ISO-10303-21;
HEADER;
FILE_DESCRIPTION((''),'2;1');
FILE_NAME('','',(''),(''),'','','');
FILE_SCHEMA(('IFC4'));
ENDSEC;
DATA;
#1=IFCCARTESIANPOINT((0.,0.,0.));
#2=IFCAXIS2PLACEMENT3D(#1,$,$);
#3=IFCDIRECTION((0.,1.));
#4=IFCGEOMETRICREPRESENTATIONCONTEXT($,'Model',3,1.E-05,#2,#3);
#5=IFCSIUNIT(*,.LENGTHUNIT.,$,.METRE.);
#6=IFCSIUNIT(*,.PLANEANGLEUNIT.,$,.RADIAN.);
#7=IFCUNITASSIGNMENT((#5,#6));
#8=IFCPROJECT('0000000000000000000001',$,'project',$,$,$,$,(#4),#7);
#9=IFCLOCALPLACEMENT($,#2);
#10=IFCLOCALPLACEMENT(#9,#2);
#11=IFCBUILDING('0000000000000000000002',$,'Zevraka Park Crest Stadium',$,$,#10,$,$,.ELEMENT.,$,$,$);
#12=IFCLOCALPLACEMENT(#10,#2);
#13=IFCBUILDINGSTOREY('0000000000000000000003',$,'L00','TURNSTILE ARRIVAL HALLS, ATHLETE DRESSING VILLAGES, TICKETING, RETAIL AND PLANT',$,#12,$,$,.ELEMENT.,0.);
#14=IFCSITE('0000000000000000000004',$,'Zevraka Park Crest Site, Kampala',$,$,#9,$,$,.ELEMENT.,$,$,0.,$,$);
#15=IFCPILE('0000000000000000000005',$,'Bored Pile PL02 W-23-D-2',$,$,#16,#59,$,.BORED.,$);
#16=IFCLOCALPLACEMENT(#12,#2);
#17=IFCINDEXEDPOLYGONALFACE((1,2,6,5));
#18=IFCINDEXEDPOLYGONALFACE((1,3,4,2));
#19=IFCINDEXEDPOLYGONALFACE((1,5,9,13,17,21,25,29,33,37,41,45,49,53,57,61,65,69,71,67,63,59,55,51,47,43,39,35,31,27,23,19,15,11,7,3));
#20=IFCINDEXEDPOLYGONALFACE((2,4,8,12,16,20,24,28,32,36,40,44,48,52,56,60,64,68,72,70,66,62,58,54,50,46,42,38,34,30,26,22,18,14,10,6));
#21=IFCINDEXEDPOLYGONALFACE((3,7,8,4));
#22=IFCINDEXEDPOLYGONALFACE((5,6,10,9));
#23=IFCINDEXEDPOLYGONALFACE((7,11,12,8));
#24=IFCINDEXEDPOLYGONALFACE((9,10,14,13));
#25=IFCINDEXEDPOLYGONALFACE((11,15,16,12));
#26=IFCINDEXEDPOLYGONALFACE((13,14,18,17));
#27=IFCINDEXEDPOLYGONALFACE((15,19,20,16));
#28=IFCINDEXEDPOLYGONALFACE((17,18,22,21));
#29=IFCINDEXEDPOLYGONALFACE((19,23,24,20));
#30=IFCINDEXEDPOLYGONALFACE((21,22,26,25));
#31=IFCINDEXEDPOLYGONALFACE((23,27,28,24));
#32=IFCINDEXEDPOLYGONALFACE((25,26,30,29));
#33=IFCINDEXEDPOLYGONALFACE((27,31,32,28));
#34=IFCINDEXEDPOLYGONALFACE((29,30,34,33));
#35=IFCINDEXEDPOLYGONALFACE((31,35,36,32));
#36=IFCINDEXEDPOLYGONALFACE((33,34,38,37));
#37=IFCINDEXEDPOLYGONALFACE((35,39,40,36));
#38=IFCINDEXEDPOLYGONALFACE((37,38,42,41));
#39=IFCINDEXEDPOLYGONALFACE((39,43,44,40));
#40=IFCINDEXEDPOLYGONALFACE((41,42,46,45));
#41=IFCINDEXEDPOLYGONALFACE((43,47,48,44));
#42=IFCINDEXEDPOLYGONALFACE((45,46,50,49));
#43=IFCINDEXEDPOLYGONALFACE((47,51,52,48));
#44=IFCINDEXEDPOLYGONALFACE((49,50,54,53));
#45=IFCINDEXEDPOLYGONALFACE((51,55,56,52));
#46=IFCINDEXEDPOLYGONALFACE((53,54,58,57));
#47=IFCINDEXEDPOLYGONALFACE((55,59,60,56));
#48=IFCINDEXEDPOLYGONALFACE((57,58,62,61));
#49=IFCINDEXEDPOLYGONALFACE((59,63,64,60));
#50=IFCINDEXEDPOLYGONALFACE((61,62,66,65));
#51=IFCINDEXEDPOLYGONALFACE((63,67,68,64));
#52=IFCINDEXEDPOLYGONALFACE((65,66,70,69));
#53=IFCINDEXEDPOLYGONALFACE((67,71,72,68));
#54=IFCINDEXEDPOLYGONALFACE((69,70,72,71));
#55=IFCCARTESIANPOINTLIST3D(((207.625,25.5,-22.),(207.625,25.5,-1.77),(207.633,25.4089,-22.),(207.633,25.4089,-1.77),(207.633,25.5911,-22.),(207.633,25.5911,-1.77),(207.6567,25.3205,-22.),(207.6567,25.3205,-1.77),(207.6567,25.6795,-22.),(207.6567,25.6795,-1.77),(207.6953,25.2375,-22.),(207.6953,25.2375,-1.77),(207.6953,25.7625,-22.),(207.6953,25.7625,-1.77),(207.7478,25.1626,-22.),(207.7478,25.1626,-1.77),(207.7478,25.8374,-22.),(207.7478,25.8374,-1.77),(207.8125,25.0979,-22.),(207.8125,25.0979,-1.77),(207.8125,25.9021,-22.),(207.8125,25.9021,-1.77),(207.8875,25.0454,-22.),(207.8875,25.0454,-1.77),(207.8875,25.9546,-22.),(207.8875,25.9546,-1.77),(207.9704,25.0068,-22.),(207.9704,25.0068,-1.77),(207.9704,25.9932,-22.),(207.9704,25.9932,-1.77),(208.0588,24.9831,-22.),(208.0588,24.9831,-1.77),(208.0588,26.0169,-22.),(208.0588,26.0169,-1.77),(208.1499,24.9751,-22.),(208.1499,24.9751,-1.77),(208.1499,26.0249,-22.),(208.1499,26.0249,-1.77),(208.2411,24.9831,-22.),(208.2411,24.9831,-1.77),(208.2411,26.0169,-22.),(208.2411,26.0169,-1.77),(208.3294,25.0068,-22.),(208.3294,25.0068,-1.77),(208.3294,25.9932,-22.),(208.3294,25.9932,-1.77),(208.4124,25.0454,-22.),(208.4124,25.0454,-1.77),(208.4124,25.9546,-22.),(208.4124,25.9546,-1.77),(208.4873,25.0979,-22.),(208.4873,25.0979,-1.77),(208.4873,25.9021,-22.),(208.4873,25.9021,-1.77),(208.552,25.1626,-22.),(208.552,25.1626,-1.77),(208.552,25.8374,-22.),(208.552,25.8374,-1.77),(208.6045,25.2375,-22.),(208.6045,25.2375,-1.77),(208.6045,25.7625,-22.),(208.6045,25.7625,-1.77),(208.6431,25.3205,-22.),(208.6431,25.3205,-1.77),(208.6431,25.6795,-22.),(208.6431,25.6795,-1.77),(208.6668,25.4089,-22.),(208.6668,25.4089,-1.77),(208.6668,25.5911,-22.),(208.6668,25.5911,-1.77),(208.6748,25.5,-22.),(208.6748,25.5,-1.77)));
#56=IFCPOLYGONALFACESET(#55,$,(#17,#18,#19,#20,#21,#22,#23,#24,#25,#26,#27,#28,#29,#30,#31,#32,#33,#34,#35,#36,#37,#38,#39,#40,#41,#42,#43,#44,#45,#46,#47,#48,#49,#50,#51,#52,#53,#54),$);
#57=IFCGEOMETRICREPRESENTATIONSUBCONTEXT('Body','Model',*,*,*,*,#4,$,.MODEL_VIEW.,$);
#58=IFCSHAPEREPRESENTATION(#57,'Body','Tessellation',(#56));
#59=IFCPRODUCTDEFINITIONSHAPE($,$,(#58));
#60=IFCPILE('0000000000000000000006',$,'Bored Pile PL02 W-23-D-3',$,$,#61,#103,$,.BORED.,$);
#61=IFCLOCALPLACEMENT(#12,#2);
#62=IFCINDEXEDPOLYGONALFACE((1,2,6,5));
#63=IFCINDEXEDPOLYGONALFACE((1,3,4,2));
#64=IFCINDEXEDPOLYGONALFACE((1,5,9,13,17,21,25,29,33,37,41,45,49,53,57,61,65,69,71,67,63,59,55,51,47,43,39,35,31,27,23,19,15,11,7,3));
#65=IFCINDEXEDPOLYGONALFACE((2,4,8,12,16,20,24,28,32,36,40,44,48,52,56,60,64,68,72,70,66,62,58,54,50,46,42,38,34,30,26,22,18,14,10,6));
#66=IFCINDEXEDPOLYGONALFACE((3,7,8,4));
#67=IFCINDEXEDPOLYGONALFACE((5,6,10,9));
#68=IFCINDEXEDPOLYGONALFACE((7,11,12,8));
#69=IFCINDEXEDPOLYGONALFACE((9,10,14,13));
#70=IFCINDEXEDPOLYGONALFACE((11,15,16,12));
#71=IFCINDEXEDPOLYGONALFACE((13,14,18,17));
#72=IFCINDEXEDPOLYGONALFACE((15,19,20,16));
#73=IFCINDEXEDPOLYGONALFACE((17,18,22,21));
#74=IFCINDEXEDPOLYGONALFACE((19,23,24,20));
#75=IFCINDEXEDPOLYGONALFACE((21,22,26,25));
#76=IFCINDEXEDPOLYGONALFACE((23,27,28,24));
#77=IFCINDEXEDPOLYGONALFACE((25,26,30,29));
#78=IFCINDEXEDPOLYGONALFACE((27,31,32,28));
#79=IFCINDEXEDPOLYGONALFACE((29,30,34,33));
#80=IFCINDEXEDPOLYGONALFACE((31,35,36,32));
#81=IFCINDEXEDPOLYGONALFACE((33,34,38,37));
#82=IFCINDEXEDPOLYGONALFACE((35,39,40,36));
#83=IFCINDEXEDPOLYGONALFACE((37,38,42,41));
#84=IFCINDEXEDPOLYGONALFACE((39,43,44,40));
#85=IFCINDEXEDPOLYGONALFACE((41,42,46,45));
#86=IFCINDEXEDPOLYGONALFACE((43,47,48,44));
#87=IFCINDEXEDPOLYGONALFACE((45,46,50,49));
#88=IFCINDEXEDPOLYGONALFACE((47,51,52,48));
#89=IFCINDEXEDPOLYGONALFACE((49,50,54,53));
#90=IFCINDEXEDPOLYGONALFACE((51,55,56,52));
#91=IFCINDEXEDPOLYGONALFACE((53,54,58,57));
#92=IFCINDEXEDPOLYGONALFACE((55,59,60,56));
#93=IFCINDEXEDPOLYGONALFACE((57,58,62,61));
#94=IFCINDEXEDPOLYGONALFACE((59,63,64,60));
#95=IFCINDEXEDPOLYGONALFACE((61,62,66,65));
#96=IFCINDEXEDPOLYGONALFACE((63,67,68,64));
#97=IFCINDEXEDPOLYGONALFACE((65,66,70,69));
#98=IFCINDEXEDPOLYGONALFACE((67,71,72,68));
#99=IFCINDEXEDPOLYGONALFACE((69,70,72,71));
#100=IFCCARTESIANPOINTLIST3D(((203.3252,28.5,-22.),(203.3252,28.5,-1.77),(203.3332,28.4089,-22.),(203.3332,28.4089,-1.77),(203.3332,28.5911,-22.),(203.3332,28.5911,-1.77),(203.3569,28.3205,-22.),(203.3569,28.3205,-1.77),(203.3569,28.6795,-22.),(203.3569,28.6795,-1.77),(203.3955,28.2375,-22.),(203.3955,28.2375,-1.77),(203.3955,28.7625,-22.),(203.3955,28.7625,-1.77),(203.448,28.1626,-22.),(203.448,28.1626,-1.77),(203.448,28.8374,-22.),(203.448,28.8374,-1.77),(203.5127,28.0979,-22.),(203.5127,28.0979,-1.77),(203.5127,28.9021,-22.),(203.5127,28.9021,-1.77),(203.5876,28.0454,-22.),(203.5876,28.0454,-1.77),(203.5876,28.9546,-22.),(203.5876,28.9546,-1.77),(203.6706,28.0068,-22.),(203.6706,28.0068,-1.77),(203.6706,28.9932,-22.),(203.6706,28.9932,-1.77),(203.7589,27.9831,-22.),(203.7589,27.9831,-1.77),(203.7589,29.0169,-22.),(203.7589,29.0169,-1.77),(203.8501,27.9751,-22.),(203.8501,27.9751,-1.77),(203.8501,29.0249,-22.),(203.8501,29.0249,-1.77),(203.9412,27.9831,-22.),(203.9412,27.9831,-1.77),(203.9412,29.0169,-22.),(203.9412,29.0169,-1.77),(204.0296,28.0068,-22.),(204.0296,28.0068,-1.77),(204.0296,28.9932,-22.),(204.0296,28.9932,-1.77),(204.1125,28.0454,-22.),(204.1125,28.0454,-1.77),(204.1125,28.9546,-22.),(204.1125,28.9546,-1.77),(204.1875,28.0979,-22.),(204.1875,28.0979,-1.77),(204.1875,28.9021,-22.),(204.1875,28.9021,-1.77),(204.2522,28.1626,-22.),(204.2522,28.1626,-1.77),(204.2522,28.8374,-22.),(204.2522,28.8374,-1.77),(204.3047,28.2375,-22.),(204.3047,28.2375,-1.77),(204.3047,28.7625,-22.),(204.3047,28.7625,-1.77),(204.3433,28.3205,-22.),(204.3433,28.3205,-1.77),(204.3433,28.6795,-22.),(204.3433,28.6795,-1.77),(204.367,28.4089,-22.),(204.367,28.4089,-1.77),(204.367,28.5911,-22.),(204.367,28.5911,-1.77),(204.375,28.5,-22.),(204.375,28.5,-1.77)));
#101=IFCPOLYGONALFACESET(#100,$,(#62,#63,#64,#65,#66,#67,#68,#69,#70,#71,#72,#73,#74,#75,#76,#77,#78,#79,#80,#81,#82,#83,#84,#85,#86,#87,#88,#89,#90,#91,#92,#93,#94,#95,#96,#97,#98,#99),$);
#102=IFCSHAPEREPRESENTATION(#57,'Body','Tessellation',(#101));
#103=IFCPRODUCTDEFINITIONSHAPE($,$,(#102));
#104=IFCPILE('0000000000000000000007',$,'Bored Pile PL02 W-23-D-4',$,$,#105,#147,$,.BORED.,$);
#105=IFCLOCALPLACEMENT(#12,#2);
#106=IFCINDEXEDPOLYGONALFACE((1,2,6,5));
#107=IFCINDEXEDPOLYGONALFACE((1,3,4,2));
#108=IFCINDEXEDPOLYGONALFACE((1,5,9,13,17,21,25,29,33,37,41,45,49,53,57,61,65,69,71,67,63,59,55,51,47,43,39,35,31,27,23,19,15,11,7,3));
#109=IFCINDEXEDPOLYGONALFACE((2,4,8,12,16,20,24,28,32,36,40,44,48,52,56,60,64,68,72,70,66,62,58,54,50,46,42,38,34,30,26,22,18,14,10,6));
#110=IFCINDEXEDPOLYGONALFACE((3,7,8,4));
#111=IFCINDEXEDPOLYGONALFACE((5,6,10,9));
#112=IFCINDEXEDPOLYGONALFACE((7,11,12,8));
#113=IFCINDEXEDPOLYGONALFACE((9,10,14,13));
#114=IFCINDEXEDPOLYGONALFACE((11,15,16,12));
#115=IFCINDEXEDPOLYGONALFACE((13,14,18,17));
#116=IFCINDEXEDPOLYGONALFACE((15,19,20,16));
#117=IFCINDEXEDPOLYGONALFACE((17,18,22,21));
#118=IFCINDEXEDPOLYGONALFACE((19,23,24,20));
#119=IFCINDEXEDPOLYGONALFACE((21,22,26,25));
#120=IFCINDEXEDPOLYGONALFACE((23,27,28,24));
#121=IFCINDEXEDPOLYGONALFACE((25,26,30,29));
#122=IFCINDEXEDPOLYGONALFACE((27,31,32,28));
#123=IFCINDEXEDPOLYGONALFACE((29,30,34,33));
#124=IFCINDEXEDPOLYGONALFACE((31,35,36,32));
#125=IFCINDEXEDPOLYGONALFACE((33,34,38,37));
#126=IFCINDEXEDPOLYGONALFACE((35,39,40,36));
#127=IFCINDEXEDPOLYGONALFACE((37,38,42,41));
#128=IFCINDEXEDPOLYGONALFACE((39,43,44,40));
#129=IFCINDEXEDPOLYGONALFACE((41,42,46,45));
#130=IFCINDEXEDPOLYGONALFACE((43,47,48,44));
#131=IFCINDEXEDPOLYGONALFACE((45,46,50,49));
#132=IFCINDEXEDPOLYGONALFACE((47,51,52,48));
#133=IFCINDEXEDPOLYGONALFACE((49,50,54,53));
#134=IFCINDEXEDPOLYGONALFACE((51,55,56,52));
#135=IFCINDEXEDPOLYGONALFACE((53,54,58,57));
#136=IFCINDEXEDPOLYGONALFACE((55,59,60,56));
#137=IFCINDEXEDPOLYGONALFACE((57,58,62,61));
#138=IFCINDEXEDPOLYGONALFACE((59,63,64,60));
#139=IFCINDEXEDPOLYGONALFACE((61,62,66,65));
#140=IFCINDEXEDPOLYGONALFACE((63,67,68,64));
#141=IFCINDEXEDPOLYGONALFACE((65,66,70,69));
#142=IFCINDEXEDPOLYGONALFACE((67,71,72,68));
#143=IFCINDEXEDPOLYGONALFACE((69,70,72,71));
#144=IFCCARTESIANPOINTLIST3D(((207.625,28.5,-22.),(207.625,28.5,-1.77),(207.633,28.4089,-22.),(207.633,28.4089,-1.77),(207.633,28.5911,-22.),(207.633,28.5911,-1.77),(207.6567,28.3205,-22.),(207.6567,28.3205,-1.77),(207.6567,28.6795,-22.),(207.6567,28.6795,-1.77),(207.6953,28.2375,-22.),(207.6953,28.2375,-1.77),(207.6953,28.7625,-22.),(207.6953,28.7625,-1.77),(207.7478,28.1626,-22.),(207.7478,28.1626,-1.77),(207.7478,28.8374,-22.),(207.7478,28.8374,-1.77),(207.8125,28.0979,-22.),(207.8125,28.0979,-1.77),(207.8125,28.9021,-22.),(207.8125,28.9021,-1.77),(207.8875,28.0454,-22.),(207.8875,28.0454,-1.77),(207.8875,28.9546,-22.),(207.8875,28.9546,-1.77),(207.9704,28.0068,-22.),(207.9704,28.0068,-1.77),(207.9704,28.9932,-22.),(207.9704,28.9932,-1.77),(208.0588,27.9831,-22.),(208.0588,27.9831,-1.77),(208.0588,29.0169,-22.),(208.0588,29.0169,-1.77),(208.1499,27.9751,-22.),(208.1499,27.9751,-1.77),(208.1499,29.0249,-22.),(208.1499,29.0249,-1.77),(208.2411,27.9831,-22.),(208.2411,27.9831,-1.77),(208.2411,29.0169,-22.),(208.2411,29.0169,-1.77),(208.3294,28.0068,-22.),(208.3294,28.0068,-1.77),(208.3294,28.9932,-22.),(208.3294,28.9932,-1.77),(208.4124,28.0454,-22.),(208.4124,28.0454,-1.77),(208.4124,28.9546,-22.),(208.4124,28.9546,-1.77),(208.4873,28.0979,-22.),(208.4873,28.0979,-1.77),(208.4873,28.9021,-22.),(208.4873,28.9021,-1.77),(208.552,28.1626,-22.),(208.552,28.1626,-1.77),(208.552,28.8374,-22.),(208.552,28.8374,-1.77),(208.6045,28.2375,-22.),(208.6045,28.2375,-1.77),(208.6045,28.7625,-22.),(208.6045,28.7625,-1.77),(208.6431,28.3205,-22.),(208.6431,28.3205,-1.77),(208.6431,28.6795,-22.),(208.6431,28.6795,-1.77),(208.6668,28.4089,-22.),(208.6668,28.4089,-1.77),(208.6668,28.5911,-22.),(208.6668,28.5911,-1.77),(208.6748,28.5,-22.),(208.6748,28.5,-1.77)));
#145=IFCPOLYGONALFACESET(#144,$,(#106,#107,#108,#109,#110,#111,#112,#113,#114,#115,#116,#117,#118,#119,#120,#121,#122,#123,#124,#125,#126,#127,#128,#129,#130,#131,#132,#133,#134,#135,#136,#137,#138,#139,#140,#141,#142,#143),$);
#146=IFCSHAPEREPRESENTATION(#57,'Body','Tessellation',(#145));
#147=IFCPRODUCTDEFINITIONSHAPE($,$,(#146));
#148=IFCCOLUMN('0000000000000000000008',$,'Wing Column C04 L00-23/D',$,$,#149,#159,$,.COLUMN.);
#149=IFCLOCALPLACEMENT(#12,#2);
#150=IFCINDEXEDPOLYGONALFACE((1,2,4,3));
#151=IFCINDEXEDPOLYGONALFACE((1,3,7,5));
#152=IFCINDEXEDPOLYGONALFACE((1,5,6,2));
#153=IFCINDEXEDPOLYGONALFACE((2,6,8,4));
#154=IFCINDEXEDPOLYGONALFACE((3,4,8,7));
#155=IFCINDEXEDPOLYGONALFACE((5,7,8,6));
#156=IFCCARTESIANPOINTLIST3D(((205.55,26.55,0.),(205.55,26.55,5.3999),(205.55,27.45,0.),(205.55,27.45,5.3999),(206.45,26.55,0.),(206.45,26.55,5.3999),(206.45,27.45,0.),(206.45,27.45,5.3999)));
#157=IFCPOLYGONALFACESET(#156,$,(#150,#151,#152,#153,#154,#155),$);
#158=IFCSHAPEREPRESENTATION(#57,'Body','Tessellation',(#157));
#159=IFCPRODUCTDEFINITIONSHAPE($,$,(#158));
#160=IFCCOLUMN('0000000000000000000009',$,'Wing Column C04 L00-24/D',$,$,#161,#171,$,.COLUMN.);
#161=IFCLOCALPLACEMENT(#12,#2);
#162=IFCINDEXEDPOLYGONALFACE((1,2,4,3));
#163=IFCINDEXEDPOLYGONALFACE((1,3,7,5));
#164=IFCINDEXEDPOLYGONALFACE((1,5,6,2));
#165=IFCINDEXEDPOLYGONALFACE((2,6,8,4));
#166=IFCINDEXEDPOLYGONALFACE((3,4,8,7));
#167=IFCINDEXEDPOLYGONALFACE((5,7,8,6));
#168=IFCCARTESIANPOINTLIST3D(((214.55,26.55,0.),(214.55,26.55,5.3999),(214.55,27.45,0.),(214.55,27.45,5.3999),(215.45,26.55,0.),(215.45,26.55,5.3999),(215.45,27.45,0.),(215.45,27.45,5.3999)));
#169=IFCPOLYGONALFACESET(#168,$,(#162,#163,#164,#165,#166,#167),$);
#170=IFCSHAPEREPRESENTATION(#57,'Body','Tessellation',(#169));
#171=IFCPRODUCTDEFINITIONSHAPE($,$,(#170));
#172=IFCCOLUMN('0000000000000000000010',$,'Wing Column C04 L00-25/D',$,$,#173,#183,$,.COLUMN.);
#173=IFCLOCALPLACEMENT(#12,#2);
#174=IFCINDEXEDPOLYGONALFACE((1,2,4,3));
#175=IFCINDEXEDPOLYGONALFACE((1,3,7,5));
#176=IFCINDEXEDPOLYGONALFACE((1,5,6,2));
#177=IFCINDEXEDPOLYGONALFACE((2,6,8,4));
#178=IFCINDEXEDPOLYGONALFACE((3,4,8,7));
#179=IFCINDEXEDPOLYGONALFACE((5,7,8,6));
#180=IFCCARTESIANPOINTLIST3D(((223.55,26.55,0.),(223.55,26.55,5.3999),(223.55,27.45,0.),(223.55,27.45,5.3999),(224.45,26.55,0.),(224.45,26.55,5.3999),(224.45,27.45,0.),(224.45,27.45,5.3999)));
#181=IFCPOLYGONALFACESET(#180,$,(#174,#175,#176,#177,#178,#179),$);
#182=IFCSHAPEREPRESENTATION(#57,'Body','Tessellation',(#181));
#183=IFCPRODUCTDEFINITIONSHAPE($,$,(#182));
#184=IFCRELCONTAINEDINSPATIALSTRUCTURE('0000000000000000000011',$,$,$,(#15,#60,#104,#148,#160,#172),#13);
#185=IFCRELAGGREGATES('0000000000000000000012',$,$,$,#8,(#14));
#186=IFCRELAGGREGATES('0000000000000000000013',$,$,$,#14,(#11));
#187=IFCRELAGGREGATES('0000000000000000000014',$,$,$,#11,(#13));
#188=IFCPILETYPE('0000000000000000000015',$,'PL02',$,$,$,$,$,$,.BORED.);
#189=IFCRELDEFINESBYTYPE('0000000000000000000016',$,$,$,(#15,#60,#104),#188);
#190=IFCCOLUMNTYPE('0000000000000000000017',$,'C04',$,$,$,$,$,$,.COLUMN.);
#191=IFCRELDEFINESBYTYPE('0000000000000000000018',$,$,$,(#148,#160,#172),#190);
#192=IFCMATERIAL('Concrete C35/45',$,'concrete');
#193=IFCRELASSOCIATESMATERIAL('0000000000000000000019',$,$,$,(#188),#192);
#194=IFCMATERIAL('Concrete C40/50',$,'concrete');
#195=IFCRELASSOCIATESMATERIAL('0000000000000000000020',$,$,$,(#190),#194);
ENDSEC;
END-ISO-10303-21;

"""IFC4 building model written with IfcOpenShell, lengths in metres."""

from ifc_helpers import new_model, si_unit, direction, frame, origin, origin_2d, place, context, subcontext, project, spatial, rectangle, circle, extrude, material, material_profile, profile_set, type_object, element, save


model = new_model("IFC4")

# Units and contexts
model_context = context("Model", 3, precision=1e-05, world=origin(), true_north=direction((0.0, 1.0)))
body_context = subcontext(model_context, "Body", "Model", "MODEL_VIEW")
ifc_project = project(units=[si_unit("LENGTHUNIT", "METRE"), si_unit("PLANEANGLEUNIT", "RADIAN")], contexts=[model_context])

# Site, building, storey
site_placement = place(None, origin())
site = spatial("IfcSite", under=ifc_project, at=site_placement, Name="Zevraka Park Crest Site, Kampala", CompositionType="ELEMENT", RefElevation=0.0)
building_placement = place(site_placement, origin())
building = spatial("IfcBuilding", under=site, at=building_placement, Name="Zevraka Park Crest Stadium", CompositionType="ELEMENT")
storey_placement = place(building_placement, origin())
storey = spatial("IfcBuildingStorey", under=building, at=storey_placement, Name="L00", Description="TURNSTILE ARRIVAL HALLS, ATHLETE DRESSING VILLAGES, TICKETING, RETAIL AND PLANT", CompositionType="ELEMENT", Elevation=0.0)

# Piles
ifc_material_1 = material(Name="Concrete C35/45", Category="concrete")
ifc_material_profile_1 = material_profile(ifc_material_1, circle(Radius=0.5249, at=origin_2d()), Name="PILE D1050")
ifc_profile_set_1 = profile_set([ifc_material_profile_1], Name="Concrete C35/45")
pile_type_1 = type_object("IfcPileType", Name="PL02", PredefinedType="BORED", material=ifc_profile_set_1)
for number, where, z_axis, x_axis, name in (
    (1, (208.1499, 25.5, -1.77), (0.0, 0.0, -1.0), (1.0, 0.0, 0.0), "Bored Pile PL02 W-23-D-2"),
    (2, (203.8501, 28.5, -1.77), (0.0, 0.0, -1.0), (1.0, 0.0, 0.0), "Bored Pile PL02 W-23-D-3"),
    (3, (208.1499, 28.5, -1.77), (0.0, 0.0, -1.0), (1.0, 0.0, 0.0), "Bored Pile PL02 W-23-D-4"),
):
    element("IfcPile", number, at=place(storey_placement, frame(where, z_axis=z_axis, x_axis=x_axis)), inside=storey, type_object=pile_type_1, Name=name, PredefinedType="BORED", context=body_context, shape_type="SweptSolid", body=[
        extrude(circle(Radius=0.5249, at=origin_2d()), origin(), (0.0, 0.0, 1.0), 20.23),
    ])

# Columns
ifc_material_2 = material(Name="Concrete C40/50", Category="concrete")
ifc_material_profile_2 = material_profile(ifc_material_2, rectangle(XDim=0.8999, YDim=0.8999, at=origin_2d()), Name="RC 900x900")
ifc_profile_set_2 = profile_set([ifc_material_profile_2], Name="Concrete C40/50")
column_type = type_object("IfcColumnType", Name="C04", PredefinedType="COLUMN", material=ifc_profile_set_2)
for number, where, z_axis, x_axis, name in (
    (4, (206.0, 27.0, 0.0), (0.0, 0.0, 1.0), (1.0, 0.0, 0.0), "Wing Column C04 L00-23/D"),
    (5, (215.0, 27.0, 0.0), (0.0, 0.0, 1.0), (1.0, 0.0, 0.0), "Wing Column C04 L00-24/D"),
    (6, (224.0, 27.0, 0.0), (0.0, 0.0, 1.0), (1.0, 0.0, 0.0), "Wing Column C04 L00-25/D"),
):
    element("IfcColumn", number, at=place(storey_placement, frame(where, z_axis=z_axis, x_axis=x_axis)), inside=storey, type_object=column_type, Name=name, PredefinedType="COLUMN", context=body_context, shape_type="SweptSolid", body=[
        extrude(rectangle(XDim=0.8999, YDim=0.8999, at=origin_2d()), origin(), (0.0, 0.0, 1.0), 5.3999),
    ])

save(model, "model.ifc")
